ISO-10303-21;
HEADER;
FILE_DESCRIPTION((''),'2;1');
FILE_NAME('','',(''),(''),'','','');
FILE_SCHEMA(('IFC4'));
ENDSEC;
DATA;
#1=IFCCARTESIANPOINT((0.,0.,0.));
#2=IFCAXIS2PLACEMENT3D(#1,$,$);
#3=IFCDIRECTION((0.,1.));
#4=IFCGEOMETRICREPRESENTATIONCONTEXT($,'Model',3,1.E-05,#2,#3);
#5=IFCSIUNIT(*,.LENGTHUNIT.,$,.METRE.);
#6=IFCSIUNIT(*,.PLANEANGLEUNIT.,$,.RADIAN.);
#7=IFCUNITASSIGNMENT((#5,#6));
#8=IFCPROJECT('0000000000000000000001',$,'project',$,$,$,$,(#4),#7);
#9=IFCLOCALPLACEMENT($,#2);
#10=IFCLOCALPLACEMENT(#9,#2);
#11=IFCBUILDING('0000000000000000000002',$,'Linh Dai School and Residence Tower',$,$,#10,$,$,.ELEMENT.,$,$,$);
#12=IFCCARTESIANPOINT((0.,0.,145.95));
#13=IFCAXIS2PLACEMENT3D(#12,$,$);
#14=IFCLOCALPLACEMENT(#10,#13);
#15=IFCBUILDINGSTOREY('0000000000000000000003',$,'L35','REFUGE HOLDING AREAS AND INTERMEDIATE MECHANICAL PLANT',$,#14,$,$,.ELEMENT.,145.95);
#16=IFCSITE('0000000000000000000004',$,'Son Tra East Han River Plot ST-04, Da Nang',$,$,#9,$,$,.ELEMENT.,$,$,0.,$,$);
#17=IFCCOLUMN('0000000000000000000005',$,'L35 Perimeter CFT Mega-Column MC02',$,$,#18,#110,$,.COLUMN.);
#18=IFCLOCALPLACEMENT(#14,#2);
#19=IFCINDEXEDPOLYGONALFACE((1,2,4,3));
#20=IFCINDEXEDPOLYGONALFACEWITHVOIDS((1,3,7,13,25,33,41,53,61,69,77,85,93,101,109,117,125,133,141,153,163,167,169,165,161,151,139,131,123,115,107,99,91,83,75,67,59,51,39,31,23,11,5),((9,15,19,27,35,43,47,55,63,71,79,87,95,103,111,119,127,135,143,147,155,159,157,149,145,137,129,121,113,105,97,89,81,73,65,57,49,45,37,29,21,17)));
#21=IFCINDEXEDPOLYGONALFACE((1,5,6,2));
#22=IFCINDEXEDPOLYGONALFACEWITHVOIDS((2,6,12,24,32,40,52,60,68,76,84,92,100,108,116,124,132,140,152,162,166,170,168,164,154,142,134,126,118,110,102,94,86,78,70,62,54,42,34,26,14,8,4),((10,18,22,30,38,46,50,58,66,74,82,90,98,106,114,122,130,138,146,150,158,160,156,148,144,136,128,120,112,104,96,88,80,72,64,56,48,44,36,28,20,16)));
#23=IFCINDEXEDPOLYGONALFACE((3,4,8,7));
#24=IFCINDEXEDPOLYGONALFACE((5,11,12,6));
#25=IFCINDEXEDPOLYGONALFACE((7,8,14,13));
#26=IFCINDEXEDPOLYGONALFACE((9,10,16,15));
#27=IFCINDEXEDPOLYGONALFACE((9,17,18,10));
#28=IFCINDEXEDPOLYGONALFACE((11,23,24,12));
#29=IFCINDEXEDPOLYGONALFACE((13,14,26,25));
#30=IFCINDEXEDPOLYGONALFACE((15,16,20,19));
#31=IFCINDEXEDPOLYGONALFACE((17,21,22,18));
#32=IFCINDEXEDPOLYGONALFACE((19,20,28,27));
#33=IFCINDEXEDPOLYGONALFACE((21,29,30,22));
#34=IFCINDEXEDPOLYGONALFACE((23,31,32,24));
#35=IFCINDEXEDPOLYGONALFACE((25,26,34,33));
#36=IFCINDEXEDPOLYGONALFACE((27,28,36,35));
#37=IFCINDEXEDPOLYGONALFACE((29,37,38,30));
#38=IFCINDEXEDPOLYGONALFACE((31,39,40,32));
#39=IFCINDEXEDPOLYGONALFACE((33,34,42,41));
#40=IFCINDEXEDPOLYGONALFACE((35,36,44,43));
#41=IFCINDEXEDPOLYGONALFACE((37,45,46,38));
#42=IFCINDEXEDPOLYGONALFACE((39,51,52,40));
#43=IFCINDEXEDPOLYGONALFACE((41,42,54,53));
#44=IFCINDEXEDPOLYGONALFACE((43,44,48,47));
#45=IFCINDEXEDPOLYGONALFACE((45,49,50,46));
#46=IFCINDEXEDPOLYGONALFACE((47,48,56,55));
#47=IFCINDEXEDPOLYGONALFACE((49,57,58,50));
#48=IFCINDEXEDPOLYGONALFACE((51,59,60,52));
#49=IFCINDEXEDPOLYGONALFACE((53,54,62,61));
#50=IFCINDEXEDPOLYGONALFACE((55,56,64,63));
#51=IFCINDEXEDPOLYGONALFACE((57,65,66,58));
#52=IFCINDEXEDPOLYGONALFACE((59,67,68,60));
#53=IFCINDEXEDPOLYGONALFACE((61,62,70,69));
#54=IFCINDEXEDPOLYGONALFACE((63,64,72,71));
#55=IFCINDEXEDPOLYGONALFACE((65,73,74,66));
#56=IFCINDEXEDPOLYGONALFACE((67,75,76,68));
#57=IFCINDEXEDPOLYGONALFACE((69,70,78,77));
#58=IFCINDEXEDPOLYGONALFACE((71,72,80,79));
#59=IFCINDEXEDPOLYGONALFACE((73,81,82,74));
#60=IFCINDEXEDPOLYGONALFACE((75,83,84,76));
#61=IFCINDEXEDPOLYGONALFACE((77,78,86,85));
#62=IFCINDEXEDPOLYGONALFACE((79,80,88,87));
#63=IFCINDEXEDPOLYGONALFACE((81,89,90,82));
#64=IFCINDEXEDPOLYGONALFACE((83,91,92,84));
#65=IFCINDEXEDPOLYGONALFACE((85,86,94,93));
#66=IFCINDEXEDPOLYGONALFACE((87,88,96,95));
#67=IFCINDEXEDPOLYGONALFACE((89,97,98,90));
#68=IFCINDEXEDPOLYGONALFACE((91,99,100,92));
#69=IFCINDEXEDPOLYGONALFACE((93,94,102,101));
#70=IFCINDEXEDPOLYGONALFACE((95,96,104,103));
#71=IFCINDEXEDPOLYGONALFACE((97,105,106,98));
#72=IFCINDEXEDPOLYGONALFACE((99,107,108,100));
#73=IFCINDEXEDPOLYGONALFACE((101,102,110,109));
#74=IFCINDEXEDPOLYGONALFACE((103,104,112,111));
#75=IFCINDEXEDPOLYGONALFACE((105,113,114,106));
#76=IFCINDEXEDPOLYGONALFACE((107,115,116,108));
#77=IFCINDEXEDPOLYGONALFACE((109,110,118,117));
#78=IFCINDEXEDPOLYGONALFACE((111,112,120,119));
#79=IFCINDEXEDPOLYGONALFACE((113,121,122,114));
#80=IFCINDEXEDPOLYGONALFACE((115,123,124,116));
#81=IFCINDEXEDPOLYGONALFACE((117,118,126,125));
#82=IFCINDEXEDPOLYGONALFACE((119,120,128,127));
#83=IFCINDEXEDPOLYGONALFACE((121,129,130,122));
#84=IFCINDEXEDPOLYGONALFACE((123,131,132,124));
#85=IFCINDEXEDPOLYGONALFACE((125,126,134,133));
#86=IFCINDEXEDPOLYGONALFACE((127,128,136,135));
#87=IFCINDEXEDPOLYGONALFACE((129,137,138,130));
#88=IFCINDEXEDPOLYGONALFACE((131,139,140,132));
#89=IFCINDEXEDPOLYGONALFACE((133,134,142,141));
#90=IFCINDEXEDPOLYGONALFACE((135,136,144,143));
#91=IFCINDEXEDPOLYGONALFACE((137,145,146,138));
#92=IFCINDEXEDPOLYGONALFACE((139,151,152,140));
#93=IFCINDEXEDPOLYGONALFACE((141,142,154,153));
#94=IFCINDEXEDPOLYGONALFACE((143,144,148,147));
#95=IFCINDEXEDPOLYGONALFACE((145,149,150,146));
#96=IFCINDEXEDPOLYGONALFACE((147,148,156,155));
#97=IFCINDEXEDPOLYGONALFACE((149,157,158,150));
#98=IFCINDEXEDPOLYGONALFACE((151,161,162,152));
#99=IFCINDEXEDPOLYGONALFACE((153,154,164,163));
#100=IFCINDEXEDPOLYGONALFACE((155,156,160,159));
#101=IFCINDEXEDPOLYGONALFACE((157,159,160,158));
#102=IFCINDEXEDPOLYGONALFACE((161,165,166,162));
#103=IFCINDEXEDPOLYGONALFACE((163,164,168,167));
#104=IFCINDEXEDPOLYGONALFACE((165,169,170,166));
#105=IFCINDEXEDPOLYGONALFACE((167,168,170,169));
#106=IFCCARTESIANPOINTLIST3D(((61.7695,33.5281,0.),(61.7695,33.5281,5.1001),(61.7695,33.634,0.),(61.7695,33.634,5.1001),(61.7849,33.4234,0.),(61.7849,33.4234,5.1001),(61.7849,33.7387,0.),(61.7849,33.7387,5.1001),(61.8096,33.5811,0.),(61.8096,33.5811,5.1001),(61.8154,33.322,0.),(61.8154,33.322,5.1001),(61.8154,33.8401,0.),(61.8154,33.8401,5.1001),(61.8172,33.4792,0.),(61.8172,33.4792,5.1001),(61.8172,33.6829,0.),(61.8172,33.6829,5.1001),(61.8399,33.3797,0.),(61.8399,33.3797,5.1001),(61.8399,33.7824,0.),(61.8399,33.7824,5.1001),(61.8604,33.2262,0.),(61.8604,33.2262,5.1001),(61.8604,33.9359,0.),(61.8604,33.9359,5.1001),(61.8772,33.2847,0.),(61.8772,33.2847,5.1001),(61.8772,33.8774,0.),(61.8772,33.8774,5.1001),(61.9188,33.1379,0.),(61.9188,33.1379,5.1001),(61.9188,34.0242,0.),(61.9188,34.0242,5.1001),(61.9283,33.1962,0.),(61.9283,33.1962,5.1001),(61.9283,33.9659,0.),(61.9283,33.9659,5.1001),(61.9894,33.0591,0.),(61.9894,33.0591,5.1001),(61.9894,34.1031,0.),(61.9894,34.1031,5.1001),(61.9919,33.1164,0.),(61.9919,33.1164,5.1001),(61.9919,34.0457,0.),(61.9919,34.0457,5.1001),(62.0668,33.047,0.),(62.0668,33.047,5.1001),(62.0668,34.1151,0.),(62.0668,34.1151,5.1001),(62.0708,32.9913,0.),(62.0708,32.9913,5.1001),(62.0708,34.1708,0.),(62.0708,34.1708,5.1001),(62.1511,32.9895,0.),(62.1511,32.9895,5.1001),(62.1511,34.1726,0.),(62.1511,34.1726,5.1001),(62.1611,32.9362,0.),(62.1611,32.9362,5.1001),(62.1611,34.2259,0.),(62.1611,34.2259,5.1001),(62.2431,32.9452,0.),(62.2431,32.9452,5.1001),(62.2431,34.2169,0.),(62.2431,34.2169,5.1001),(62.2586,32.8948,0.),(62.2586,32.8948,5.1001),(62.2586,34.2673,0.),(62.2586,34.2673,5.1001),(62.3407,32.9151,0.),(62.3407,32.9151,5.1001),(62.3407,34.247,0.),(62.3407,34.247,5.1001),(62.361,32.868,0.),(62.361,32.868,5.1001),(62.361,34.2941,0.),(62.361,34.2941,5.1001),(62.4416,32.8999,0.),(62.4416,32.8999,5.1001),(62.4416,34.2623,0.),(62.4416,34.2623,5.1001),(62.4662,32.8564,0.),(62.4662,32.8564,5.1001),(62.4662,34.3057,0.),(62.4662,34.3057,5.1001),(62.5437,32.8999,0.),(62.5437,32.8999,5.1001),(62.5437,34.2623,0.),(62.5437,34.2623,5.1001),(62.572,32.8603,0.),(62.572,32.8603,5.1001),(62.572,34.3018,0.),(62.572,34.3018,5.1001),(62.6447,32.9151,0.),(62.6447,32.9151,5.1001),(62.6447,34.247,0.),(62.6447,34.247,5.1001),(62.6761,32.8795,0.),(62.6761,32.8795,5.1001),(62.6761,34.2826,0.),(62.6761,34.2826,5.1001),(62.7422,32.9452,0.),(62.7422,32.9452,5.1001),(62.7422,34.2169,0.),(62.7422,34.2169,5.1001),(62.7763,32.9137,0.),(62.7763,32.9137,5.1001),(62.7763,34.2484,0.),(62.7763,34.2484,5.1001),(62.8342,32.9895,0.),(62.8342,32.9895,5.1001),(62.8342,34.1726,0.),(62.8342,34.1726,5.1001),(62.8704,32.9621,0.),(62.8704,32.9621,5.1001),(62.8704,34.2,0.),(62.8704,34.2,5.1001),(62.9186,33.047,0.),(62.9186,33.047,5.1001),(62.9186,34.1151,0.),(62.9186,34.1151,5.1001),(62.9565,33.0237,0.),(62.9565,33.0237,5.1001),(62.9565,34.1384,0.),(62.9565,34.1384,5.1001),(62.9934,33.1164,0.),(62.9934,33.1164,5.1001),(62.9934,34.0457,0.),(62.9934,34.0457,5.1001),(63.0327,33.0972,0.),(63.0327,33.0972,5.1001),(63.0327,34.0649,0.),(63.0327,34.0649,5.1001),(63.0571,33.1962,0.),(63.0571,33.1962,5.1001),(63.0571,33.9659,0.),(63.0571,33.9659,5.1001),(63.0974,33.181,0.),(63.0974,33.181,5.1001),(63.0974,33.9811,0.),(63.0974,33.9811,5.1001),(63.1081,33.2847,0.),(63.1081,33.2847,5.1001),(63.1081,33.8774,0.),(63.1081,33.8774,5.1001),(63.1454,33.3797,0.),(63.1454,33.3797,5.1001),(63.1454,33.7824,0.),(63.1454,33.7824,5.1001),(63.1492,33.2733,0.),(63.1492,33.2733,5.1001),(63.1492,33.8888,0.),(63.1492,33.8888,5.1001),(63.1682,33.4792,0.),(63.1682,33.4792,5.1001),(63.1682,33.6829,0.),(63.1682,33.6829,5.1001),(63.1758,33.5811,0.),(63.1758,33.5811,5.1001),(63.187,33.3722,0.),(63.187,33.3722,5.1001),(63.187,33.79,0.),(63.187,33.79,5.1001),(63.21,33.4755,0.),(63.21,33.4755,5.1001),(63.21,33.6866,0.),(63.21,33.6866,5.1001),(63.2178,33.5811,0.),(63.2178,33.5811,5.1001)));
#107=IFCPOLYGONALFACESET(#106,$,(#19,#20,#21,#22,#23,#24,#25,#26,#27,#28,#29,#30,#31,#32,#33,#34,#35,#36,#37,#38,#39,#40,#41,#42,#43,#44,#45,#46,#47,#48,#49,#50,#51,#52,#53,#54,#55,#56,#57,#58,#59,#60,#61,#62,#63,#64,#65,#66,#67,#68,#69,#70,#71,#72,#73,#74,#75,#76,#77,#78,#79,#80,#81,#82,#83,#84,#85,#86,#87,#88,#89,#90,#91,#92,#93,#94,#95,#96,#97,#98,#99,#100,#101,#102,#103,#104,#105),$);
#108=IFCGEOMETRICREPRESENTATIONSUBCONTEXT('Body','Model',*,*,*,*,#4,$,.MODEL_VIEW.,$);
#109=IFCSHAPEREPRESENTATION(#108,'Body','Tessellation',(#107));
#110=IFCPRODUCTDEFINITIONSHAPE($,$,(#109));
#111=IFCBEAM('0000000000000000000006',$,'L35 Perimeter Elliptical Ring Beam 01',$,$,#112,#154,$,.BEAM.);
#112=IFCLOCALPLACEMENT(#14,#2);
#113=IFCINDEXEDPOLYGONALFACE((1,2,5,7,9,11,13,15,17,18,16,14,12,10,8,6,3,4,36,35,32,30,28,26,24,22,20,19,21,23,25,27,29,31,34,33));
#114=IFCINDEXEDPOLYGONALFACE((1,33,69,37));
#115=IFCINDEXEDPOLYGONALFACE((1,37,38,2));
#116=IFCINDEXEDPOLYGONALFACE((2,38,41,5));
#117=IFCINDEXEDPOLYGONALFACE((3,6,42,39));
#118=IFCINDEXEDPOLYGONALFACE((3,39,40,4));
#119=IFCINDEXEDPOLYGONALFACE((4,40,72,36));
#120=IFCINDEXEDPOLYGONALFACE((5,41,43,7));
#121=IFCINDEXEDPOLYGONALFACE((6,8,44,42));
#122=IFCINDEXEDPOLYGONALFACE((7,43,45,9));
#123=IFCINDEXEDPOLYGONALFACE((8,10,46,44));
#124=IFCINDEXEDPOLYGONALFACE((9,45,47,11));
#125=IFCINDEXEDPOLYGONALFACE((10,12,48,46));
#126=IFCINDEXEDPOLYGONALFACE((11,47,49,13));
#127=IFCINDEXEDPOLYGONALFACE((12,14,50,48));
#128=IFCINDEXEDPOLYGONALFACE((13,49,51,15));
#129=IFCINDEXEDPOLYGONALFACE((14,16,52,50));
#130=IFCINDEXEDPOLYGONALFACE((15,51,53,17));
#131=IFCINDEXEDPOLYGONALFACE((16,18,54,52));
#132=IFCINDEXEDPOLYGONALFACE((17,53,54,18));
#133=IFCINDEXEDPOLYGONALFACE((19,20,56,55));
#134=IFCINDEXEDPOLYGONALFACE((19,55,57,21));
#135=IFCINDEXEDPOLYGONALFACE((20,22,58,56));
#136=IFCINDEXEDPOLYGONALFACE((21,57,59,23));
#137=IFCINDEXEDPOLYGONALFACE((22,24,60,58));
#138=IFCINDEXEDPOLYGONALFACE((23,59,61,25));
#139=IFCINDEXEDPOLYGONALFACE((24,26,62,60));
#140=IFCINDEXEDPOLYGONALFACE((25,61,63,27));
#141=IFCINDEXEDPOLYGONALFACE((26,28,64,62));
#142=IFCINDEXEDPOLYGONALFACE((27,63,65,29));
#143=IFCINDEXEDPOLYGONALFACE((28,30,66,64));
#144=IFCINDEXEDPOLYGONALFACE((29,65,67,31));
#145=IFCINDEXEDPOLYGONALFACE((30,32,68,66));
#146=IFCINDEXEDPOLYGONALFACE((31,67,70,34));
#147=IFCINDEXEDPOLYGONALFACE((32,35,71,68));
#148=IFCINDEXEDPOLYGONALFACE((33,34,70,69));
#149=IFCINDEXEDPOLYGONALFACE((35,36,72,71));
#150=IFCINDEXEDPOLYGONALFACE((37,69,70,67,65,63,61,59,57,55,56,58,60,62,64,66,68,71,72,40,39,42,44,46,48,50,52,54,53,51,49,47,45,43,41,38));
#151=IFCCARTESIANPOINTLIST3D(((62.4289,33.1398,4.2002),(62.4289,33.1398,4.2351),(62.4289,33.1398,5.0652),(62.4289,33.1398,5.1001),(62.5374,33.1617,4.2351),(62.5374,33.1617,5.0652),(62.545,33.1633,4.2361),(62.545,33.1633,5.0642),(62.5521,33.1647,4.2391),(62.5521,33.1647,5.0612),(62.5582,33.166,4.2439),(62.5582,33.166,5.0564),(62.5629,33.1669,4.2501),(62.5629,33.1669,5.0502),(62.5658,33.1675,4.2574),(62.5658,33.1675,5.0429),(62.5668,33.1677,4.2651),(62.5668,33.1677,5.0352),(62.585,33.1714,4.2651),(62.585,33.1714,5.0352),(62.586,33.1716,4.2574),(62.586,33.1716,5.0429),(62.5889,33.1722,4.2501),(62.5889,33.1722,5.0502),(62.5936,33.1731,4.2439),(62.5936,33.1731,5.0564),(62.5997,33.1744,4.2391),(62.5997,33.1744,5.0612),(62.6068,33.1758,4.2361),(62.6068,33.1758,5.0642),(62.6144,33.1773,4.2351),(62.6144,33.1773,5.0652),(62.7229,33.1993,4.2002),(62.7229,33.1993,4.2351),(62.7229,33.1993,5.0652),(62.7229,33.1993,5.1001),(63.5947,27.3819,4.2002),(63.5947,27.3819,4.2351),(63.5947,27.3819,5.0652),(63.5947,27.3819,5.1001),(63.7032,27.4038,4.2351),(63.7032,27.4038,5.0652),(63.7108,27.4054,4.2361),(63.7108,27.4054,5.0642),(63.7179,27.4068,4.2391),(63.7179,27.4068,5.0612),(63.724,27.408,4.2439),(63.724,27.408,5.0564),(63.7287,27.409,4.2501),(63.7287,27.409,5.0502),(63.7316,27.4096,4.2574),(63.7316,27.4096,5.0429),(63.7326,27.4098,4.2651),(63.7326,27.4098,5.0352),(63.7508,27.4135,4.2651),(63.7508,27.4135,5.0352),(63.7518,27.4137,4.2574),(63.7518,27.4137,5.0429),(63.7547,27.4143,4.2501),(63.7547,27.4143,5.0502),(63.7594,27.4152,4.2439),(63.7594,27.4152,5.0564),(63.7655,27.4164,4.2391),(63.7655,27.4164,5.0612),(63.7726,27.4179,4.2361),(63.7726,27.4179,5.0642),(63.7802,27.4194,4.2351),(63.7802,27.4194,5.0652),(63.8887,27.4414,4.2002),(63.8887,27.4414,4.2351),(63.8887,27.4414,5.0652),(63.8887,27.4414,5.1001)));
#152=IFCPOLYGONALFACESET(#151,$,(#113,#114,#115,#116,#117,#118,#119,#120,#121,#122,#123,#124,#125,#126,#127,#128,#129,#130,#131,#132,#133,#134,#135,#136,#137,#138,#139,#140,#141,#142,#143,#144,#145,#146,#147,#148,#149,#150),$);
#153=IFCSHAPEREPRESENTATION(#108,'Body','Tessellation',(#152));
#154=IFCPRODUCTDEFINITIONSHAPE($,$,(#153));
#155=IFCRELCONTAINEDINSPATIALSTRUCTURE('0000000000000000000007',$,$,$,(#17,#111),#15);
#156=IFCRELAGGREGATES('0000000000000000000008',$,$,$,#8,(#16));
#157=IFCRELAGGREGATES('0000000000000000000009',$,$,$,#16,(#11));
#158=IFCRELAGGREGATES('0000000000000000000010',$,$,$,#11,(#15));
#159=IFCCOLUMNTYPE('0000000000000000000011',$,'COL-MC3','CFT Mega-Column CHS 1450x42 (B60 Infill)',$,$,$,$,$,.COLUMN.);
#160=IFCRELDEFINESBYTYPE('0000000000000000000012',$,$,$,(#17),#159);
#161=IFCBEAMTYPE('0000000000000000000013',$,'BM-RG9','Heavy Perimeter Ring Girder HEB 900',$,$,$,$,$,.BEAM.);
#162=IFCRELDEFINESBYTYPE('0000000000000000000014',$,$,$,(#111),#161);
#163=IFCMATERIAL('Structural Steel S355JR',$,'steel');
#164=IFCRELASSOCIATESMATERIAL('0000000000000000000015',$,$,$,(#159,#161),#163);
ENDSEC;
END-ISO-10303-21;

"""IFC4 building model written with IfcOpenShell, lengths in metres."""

from ifc_helpers import new_model, si_unit, direction, frame, origin, origin_2d, place, context, subcontext, project, spatial, hollow_circle, i_section, extrude, material, material_profile, profile_set, type_object, element, save


model = new_model("IFC4")

# Units and contexts
model_context = context("Model", 3, precision=1e-05, world=origin(), true_north=direction((0.0, 1.0)))
body_context = subcontext(model_context, "Body", "Model", "MODEL_VIEW")
ifc_project = project(units=[si_unit("LENGTHUNIT", "METRE"), si_unit("PLANEANGLEUNIT", "RADIAN")], contexts=[model_context])

# Site, building, storey
site_placement = place(None, origin())
site = spatial("IfcSite", under=ifc_project, at=site_placement, Name="Son Tra East Han River Plot ST-04, Da Nang", CompositionType="ELEMENT", RefElevation=0.0)
building_placement = place(site_placement, origin())
building = spatial("IfcBuilding", under=site, at=building_placement, Name="Linh Dai School and Residence Tower", CompositionType="ELEMENT")
storey_placement = place(building_placement, frame((0.0, 0.0, 145.95)))
storey = spatial("IfcBuildingStorey", under=building, at=storey_placement, Name="L35", Description="REFUGE HOLDING AREAS AND INTERMEDIATE MECHANICAL PLANT", CompositionType="ELEMENT", Elevation=145.95)

# Column
ifc_material_1 = material(Name="Structural Steel S355JR", Category="steel")
ifc_material_profile_1 = material_profile(ifc_material_1, hollow_circle(Radius=0.7251, WallThickness=0.042, at=origin_2d()), Name="CHS 1450x42")
ifc_profile_set_1 = profile_set([ifc_material_profile_1], Name="Structural Steel S355JR")
column_type_1 = type_object("IfcColumnType", Name="COL-MC3", Description="CFT Mega-Column CHS 1450x42 (B60 Infill)", PredefinedType="COLUMN", material=ifc_profile_set_1)
for number, where, z_axis, x_axis, name in (
    (1, (62.4927, 33.5811, 0.0), (0.0, 0.0, 1.0), (1.0, 0.0, 0.0), "L35 Perimeter CFT Mega-Column MC02"),
):
    element("IfcColumn", number, at=place(storey_placement, frame(where, z_axis=z_axis, x_axis=x_axis)), inside=storey, type_object=column_type_1, Name=name, PredefinedType="COLUMN", context=body_context, shape_type="SweptSolid", body=[
        extrude(hollow_circle(Radius=0.7251, WallThickness=0.042, at=origin_2d()), origin(), (0.0, 0.0, 1.0), 5.1001),
    ])

# Beam
ifc_material_profile_2 = material_profile(ifc_material_1, i_section(OverallWidth=0.3, OverallDepth=0.8999, WebThickness=0.0186, FlangeThickness=0.0349, FilletRadius=0.03, at=origin_2d()), Name="HEB 900")
ifc_profile_set_2 = profile_set([ifc_material_profile_2], Name="Structural Steel S355JR")
beam_type_1 = type_object("IfcBeamType", Name="BM-RG9", Description="Heavy Perimeter Ring Girder HEB 900", PredefinedType="BEAM", material=ifc_profile_set_2)
beam_1_placement = place(storey_placement, frame((63.7417, 27.4116, 4.6501), z_axis=(-0.198441, 0.980113, 0.0), x_axis=(-0.980113, -0.198441, 0.0)))
element("IfcBeam", 2, at=beam_1_placement, inside=storey, type_object=beam_type_1, Name="L35 Perimeter Elliptical Ring Beam 01", PredefinedType="BEAM", context=body_context, shape_type="SweptSolid", body=[
    extrude(i_section(OverallWidth=0.3, OverallDepth=0.8999, WebThickness=0.0186, FlangeThickness=0.0349, FilletRadius=0.03, at=origin_2d()), origin(), (0.0, 0.0, 1.0), 5.8748),
])

save(model, "model.ifc")
